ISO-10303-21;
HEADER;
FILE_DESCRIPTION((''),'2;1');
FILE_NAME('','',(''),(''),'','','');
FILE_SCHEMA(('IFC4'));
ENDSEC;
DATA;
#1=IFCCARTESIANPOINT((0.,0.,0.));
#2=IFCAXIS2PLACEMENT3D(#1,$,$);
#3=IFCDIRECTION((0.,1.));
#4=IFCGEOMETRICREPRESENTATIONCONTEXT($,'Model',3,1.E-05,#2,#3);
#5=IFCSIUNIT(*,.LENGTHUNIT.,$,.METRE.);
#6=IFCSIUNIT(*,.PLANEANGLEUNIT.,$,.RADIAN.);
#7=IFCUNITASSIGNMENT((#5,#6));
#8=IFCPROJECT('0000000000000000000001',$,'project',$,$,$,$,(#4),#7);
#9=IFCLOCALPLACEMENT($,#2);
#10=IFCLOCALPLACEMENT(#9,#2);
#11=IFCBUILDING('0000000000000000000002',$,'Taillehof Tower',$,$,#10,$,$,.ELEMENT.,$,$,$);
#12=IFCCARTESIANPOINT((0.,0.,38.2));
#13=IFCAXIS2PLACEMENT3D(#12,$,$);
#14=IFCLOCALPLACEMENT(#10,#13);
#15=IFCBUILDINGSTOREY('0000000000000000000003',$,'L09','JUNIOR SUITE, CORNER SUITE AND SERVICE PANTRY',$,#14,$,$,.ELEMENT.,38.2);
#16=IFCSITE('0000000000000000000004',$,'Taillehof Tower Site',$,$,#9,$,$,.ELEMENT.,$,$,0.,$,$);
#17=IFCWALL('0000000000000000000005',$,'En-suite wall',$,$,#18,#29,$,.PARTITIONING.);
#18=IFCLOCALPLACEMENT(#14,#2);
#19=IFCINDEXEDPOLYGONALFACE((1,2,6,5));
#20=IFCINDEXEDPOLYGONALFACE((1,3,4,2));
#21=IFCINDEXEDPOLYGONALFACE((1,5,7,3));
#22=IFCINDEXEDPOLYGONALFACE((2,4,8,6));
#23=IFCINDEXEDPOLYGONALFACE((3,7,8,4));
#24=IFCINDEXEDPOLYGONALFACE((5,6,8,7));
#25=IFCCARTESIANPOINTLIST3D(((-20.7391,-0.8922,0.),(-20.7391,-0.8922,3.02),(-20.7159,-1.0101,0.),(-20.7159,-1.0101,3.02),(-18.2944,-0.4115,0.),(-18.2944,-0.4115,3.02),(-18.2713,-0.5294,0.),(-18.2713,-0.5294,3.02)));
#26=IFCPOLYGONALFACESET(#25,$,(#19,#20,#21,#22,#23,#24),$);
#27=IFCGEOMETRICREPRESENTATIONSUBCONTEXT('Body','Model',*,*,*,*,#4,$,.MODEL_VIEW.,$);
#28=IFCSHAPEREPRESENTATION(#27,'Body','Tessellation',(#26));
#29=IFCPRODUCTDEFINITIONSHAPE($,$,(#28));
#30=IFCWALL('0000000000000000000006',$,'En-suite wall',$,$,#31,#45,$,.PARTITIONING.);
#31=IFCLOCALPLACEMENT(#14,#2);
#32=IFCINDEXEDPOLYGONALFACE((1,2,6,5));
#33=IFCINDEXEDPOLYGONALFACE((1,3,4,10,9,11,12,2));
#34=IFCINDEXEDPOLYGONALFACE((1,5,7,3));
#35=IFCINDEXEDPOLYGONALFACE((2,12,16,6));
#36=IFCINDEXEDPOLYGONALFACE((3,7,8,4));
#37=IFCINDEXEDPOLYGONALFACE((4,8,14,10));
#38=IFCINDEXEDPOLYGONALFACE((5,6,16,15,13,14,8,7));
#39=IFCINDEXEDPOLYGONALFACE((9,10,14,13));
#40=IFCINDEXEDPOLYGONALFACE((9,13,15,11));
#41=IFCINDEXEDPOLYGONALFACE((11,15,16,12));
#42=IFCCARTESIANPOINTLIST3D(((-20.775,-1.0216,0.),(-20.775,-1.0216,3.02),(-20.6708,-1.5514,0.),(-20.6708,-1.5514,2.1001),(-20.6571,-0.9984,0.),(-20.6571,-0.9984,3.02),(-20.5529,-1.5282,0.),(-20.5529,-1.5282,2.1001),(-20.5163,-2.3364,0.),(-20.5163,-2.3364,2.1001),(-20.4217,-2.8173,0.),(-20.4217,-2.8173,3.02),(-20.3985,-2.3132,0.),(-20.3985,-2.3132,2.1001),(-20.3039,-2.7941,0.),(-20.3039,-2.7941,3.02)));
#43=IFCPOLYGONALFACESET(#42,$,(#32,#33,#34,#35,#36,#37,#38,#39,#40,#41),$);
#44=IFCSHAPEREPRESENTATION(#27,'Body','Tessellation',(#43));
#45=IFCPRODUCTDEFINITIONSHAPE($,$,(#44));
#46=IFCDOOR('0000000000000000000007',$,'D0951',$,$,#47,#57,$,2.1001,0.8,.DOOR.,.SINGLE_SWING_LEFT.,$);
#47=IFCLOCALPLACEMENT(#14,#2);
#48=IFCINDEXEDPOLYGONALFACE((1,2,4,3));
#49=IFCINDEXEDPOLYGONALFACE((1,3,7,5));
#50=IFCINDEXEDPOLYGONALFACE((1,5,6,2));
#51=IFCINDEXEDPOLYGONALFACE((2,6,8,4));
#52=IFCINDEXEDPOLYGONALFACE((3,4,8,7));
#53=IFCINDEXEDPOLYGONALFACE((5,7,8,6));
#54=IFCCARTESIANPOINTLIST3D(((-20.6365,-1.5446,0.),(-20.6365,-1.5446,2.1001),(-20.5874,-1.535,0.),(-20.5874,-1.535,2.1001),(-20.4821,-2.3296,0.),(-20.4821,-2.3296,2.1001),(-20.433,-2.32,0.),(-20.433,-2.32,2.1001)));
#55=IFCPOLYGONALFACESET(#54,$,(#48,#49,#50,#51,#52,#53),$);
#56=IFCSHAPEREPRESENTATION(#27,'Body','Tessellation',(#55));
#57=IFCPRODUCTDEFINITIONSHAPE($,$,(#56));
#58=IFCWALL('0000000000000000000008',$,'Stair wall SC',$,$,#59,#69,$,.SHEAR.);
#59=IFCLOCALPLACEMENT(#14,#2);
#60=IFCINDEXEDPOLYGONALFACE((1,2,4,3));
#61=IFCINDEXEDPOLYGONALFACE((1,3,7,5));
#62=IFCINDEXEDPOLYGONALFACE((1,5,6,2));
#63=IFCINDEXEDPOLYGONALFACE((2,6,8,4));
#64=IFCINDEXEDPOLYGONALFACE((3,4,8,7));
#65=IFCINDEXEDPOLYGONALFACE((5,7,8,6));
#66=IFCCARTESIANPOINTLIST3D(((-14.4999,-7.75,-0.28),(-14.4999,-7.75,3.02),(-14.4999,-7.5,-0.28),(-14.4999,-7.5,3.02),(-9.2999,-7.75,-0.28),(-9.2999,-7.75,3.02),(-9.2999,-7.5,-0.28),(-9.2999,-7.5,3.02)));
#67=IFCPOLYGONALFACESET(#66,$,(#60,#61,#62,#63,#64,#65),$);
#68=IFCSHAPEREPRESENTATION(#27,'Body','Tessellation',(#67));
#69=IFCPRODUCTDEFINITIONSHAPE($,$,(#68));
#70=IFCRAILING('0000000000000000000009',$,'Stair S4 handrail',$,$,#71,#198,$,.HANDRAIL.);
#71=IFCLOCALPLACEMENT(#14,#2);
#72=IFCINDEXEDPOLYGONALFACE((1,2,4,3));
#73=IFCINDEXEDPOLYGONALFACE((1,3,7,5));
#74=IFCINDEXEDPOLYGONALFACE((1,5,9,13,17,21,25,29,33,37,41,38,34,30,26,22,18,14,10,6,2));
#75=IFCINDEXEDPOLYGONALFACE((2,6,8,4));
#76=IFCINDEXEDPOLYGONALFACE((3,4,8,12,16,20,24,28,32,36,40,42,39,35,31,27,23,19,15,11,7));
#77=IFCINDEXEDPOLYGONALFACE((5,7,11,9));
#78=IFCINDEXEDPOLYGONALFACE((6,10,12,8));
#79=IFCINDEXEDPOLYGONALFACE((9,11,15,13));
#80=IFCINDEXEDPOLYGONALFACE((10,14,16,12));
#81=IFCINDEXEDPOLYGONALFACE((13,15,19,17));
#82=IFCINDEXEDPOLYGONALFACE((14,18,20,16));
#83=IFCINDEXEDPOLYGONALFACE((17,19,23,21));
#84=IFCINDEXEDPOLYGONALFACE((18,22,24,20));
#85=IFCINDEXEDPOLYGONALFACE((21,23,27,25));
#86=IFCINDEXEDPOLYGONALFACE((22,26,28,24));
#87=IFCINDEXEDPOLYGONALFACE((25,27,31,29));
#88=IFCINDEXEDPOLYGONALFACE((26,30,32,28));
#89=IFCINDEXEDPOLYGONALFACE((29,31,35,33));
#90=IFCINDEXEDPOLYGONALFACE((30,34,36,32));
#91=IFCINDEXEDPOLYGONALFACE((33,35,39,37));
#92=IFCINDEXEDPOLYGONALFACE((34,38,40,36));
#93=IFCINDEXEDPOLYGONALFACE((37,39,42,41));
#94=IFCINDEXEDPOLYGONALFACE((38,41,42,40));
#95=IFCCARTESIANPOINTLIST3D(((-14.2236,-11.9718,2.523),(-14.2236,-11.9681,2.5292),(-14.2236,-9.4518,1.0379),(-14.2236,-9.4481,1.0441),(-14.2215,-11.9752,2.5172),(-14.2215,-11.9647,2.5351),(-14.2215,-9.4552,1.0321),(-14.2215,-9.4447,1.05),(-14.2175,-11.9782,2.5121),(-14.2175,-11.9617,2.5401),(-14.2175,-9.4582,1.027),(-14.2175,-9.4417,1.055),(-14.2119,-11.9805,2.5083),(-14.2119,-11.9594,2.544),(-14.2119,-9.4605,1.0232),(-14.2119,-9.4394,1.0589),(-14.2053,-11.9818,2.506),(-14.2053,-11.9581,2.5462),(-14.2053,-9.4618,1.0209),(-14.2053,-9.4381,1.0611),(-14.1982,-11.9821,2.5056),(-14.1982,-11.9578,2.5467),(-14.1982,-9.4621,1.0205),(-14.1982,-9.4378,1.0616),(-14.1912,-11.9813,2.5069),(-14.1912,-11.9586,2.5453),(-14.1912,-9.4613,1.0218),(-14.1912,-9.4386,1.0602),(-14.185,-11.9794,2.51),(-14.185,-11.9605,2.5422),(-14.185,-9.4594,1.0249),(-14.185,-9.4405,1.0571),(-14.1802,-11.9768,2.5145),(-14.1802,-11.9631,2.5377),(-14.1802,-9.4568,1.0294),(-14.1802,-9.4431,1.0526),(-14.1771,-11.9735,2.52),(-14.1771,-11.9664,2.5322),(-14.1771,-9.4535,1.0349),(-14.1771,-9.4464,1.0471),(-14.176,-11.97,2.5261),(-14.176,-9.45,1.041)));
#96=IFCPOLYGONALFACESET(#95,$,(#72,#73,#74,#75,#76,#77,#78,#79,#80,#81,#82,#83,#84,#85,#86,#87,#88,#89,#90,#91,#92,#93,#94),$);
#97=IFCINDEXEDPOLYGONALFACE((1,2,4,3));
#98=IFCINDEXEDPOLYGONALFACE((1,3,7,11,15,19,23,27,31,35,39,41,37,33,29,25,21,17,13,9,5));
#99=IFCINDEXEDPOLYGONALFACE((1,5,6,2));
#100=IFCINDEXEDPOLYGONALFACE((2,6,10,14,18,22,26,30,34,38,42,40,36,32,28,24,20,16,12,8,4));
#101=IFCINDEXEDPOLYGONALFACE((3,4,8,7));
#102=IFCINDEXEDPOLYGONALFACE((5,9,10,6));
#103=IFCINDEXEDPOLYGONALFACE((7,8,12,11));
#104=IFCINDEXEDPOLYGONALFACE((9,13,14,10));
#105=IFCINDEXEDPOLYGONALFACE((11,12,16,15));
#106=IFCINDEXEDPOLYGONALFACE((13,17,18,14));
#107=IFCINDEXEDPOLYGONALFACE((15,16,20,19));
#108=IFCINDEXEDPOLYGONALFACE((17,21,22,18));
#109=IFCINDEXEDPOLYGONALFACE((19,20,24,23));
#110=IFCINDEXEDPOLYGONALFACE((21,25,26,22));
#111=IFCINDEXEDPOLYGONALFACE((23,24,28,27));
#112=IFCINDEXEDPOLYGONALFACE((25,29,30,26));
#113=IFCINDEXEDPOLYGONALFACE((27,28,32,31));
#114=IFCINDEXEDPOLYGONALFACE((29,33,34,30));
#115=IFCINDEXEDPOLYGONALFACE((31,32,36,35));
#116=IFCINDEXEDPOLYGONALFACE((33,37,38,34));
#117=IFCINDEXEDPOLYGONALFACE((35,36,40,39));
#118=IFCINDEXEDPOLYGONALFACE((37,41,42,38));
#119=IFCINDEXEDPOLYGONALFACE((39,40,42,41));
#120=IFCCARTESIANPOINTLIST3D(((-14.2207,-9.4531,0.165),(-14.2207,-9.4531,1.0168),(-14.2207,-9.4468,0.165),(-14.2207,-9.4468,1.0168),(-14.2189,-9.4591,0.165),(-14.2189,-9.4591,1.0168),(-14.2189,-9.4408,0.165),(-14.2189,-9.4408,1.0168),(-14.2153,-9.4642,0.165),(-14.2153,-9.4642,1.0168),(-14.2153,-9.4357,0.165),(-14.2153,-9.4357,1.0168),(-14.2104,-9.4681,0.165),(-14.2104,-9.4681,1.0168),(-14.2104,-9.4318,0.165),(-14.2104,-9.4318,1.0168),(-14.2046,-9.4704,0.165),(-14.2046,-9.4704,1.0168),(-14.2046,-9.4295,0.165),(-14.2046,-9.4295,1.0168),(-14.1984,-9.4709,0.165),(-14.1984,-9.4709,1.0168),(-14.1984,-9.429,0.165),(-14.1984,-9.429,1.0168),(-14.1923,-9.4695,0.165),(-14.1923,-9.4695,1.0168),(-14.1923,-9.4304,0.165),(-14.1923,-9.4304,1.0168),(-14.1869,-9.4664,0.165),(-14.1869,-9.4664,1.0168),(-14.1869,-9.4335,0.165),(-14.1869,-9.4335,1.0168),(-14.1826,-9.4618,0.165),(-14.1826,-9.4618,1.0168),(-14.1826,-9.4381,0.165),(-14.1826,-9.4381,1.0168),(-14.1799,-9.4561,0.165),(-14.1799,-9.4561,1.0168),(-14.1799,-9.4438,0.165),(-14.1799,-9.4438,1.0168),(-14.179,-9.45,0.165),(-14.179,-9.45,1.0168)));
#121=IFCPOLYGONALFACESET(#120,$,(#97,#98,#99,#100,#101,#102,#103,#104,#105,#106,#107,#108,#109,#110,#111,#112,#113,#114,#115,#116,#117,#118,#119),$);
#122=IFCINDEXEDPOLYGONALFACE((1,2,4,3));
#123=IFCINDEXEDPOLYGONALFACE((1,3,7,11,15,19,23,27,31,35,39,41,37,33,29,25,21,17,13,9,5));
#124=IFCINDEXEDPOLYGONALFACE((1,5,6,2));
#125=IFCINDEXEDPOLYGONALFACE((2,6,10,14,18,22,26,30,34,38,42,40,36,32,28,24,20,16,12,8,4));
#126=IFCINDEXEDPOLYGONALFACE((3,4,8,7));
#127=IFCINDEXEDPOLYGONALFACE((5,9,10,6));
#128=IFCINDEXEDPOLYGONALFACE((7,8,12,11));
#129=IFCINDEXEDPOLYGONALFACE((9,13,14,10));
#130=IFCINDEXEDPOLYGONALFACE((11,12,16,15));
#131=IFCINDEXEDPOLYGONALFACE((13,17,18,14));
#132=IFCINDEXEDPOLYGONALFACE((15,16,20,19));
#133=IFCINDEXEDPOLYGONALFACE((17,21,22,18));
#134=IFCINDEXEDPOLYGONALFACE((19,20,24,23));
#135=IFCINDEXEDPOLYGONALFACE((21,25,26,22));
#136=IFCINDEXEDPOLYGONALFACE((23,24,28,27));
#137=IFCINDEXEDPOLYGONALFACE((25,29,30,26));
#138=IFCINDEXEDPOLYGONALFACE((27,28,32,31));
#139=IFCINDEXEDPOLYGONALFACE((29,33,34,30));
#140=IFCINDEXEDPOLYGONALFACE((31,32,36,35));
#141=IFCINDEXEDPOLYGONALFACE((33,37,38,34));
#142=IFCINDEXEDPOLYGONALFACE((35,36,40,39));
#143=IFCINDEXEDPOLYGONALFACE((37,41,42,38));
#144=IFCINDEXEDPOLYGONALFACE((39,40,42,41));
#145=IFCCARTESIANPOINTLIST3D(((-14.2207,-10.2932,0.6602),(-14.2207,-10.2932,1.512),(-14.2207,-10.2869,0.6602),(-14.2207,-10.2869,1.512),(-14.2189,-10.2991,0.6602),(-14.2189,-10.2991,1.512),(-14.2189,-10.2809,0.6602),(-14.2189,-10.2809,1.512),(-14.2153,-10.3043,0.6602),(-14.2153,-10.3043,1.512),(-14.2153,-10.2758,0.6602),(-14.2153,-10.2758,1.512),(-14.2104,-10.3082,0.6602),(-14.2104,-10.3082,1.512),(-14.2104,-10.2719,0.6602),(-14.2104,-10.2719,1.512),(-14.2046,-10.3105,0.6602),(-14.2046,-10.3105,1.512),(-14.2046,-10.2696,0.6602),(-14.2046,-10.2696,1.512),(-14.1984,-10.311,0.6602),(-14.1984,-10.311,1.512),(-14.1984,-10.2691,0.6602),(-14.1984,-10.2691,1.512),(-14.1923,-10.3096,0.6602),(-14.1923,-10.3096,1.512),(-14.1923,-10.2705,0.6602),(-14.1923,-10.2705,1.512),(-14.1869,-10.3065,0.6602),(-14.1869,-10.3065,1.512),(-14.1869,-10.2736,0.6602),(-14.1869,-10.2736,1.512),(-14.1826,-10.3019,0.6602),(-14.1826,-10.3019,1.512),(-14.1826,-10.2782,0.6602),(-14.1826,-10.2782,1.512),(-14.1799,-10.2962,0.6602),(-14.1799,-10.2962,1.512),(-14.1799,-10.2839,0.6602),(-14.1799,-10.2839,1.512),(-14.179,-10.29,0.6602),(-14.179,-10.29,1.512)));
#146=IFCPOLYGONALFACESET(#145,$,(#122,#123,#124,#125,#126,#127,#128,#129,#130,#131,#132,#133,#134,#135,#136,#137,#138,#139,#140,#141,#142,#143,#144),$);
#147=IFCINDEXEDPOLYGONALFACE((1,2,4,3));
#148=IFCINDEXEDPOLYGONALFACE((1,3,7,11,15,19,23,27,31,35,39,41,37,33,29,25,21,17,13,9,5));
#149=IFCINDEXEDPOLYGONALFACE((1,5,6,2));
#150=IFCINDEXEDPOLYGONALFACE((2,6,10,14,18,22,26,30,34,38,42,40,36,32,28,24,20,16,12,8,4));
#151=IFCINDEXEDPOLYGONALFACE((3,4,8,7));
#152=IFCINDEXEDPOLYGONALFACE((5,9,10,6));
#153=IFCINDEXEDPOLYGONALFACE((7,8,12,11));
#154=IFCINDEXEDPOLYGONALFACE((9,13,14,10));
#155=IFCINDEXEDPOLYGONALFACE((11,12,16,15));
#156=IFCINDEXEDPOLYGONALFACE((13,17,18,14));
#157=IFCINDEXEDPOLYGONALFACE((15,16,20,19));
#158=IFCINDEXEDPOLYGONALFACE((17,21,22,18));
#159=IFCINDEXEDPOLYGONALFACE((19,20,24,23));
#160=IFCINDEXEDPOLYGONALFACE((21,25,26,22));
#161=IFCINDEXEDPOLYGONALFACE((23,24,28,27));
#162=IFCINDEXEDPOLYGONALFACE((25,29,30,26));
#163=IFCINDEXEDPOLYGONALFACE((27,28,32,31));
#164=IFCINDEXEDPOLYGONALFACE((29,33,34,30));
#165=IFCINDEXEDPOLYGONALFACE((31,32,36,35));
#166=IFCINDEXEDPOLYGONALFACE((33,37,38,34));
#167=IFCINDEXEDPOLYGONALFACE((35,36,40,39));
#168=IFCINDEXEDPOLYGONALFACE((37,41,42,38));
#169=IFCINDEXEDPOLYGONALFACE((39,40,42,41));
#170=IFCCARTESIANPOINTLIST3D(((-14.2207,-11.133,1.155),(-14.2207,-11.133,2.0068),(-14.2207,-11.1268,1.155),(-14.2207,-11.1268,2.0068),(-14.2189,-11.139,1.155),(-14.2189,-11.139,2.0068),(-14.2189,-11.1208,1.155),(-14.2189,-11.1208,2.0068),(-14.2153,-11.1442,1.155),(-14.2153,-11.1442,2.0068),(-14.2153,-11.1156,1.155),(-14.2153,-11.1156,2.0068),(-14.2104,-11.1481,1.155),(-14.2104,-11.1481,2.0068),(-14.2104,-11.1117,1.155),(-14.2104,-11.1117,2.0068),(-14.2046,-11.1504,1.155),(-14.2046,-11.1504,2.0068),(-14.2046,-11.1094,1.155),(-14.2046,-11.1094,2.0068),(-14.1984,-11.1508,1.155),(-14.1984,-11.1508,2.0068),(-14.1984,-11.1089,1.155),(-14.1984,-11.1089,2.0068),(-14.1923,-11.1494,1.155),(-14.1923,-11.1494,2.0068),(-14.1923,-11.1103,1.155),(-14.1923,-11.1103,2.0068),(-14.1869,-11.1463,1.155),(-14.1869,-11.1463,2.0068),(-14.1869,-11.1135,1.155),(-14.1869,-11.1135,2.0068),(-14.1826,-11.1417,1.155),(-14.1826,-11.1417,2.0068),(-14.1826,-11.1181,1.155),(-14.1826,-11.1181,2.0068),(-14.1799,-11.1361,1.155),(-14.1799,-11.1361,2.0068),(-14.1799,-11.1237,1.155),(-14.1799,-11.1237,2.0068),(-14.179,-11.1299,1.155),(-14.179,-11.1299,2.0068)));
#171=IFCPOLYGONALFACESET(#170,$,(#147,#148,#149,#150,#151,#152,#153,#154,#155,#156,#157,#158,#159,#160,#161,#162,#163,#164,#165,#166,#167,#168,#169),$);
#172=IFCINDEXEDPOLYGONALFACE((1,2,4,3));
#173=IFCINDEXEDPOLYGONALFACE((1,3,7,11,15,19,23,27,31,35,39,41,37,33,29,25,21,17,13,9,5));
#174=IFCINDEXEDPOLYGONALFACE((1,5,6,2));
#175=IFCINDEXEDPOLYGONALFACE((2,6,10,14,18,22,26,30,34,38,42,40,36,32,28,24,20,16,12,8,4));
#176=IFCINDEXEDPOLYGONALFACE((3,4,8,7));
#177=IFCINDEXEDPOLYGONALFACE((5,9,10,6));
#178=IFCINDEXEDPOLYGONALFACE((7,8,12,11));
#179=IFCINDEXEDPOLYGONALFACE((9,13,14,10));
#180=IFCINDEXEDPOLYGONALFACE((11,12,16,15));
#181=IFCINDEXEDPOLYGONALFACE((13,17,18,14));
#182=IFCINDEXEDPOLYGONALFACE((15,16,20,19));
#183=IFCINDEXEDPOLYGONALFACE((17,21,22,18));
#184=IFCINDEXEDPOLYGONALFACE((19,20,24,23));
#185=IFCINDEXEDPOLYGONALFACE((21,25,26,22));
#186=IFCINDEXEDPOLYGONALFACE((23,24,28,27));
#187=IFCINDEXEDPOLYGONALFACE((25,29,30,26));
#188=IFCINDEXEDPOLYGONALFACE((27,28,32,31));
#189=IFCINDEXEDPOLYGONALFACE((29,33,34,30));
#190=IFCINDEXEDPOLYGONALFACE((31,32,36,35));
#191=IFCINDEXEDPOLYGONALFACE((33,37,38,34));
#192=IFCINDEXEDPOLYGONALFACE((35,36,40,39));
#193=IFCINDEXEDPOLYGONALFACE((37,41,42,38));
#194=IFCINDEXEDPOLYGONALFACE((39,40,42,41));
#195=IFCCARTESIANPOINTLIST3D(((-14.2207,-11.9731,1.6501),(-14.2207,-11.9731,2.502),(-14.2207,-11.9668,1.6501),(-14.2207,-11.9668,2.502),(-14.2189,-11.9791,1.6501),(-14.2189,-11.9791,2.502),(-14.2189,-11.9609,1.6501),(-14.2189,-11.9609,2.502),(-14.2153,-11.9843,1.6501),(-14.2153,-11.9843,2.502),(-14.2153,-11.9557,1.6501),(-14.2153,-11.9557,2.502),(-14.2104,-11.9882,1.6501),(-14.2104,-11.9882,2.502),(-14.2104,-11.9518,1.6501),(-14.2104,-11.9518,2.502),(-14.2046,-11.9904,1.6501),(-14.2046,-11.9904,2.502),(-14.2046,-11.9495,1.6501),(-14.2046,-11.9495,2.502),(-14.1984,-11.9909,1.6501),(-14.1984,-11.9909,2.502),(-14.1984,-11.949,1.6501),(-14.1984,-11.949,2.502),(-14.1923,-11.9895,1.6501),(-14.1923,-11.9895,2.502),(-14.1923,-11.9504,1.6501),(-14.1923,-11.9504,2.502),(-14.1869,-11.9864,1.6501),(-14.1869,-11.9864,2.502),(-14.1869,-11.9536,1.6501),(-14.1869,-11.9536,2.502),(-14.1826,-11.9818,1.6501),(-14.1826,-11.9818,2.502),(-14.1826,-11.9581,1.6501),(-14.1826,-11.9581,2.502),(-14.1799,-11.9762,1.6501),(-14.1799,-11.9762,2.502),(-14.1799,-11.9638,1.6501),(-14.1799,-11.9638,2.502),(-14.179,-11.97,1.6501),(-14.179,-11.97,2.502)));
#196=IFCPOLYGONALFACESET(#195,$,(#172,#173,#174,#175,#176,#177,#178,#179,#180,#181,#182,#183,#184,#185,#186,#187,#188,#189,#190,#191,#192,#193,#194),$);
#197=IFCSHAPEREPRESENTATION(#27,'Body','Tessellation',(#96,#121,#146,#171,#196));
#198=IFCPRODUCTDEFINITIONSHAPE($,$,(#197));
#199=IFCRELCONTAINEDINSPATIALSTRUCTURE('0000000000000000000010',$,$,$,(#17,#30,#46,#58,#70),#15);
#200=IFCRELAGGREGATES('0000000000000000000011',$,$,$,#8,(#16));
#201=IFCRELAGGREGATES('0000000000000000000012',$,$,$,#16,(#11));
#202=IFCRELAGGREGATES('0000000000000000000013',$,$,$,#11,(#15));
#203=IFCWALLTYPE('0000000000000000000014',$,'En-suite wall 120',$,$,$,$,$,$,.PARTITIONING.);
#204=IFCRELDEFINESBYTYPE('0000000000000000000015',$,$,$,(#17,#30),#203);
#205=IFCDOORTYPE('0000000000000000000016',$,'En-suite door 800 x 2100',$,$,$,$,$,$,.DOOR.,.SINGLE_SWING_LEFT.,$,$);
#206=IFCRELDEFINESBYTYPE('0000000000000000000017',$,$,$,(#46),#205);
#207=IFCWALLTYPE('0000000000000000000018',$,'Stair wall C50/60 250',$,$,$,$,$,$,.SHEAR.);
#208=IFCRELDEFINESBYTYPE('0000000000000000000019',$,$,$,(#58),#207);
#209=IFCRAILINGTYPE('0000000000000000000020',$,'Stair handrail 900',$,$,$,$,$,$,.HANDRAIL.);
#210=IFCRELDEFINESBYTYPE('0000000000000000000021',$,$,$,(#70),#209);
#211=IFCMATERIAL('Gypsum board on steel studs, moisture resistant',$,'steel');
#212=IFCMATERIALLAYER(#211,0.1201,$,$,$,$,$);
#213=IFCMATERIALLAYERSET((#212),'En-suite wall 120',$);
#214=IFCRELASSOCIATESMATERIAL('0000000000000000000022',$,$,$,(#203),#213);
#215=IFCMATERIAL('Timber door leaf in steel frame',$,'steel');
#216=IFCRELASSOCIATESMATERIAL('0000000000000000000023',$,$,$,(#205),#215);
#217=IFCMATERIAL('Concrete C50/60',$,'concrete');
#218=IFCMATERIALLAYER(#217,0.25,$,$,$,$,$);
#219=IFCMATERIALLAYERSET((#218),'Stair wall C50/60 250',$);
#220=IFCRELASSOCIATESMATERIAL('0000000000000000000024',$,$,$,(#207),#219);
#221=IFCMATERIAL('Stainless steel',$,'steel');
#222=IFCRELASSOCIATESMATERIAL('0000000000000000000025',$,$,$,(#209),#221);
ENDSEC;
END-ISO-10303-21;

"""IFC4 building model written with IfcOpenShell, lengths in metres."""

from ifc_helpers import new_model, si_unit, direction, frame, frame_2d, origin, origin_2d, place, context, subcontext, project, spatial, rectangle, circle, extrude, material, layer, layer_set, type_object, element, fill, save


model = new_model("IFC4")

# Units and contexts
model_context = context("Model", 3, precision=1e-05, world=origin(), true_north=direction((0.0, 1.0)))
body_context = subcontext(model_context, "Body", "Model", "MODEL_VIEW")
ifc_project = project(units=[si_unit("LENGTHUNIT", "METRE"), si_unit("PLANEANGLEUNIT", "RADIAN")], contexts=[model_context])

# Site, building, storey
site_placement = place(None, origin())
site = spatial("IfcSite", under=ifc_project, at=site_placement, Name="Taillehof Tower Site", CompositionType="ELEMENT", RefElevation=0.0)
building_placement = place(site_placement, origin())
building = spatial("IfcBuilding", under=site, at=building_placement, Name="Taillehof Tower", CompositionType="ELEMENT")
storey_placement = place(building_placement, frame((0.0, 0.0, 38.2)))
storey = spatial("IfcBuildingStorey", under=building, at=storey_placement, Name="L09", Description="JUNIOR SUITE, CORNER SUITE AND SERVICE PANTRY", CompositionType="ELEMENT", Elevation=38.2)

# Wall
ifc_material_1 = material(Name="Gypsum board on steel studs, moisture resistant", Category="steel")
ifc_layer_1 = layer(ifc_material_1, 0.1201)
ifc_layer_set_1 = layer_set([ifc_layer_1], Name="En-suite wall 120")
wall_type_1 = type_object("IfcWallType", Name="En-suite wall 120", PredefinedType="PARTITIONING", material=ifc_layer_set_1)
wall_1_placement = place(storey_placement, frame((-18.283, -0.4705, 0.0), z_axis=(0.0, 0.0, 1.0), x_axis=(-0.981209, -0.192949, 0.0)))
element("IfcWall", 1, at=wall_1_placement, inside=storey, type_object=wall_type_1, Name="En-suite wall", PredefinedType="PARTITIONING", context=body_context, shape_type="SweptSolid", body=[
    extrude(rectangle(XDim=2.4915, YDim=0.1201, at=frame_2d((1.2456, 0.0))), origin(), (0.0, 0.0, 1.0), 3.02),
])

# Wall, opening, door
wall_2_placement = place(storey_placement, frame((-20.7161, -1.01, 0.0), z_axis=(0.0, 0.0, 1.0), x_axis=(0.193037, -0.981192, 0.0)))
wall_2 = element("IfcWall", 2, at=wall_2_placement, inside=storey, type_object=wall_type_1, Name="En-suite wall", PredefinedType="PARTITIONING", context=body_context, shape_type="SweptSolid", body=[
    extrude(rectangle(XDim=1.8301, YDim=0.1201, at=frame_2d((0.915, 0.0))), origin(), (0.0, 0.0, 1.0), 3.02),
])
opening_1_placement = place(wall_2_placement, frame((0.54, 0.0, 0.0)))
opening_1 = element("IfcOpeningElement", 3, at=opening_1_placement, cuts=wall_2, PredefinedType="OPENING", context=body_context, shape_type="SweptSolid", body=[
    extrude(rectangle(XDim=0.8, YDim=2.1001, at=frame_2d((0.3999, 1.05))), frame((0.0, 0.0701, 0.0), z_axis=(0.0, -1.0, 0.0), x_axis=(1.0, 0.0, 0.0)), (0.0, 0.0, 1.0), 0.1401),
])
ifc_material_2 = material(Name="Timber door leaf in steel frame", Category="steel")
door_type_1 = type_object("IfcDoorType", Name="En-suite door 800 x 2100", OperationType="SINGLE_SWING_LEFT", PredefinedType="DOOR", material=ifc_material_2)
door_1_placement = place(opening_1_placement, origin())
door_1 = element("IfcDoor", 4, at=door_1_placement, inside=storey, type_object=door_type_1, Name="D0951", OperationType="SINGLE_SWING_LEFT", OverallHeight=2.1001, OverallWidth=0.8, PredefinedType="DOOR", context=body_context, shape_type="SweptSolid", body=[
    extrude(rectangle(XDim=0.8, YDim=2.1001, at=frame_2d((0.3999, 1.05))), frame((0.0, 0.0249, 0.0), z_axis=(0.0, -1.0, 0.0), x_axis=(1.0, 0.0, 0.0)), (0.0, 0.0, 1.0), 0.05),
])
fill(opening_1, door_1)

# Wall
ifc_material_3 = material(Name="Concrete C50/60", Category="concrete")
ifc_layer_2 = layer(ifc_material_3, 0.25)
ifc_layer_set_2 = layer_set([ifc_layer_2], Name="Stair wall C50/60 250")
wall_type_2 = type_object("IfcWallType", Name="Stair wall C50/60 250", PredefinedType="SHEAR", material=ifc_layer_set_2)
wall_3_placement = place(storey_placement, frame((-14.5, -7.625, -0.28), z_axis=(0.0, 0.0, 1.0), x_axis=(1.0, 0.0, 0.0)))
element("IfcWall", 5, at=wall_3_placement, inside=storey, type_object=wall_type_2, Name="Stair wall SC", PredefinedType="SHEAR", context=body_context, shape_type="SweptSolid", body=[
    extrude(rectangle(XDim=5.2, YDim=0.25, at=frame_2d((2.6001, 0.0))), origin(), (0.0, 0.0, 1.0), 3.3),
])

# Railing
ifc_material_4 = material(Name="Stainless steel", Category="steel")
railing_type = type_object("IfcRailingType", Name="Stair handrail 900", PredefinedType="HANDRAIL", material=ifc_material_4)
railing_placement = place(storey_placement, frame((-14.2, -9.45, 0.165)))
element("IfcRailing", 6, at=railing_placement, inside=storey, type_object=railing_type, Name="Stair S4 handrail", PredefinedType="HANDRAIL", context=body_context, shape_type="SweptSolid", body=[
    extrude(circle(Radius=0.0239, at=origin_2d()), frame((0.0, 0.0, 0.876), z_axis=(0.0, -0.861524, 0.507717), x_axis=(1.0, 0.0, 0.0)), (0.0, 0.0, 1.0), 2.925),
    extrude(circle(Radius=0.021, at=origin_2d()), origin(), (0.0, 0.0, 1.0), 0.8518),
    extrude(circle(Radius=0.021, at=origin_2d()), frame((0.0, -0.8401, 0.4951)), (0.0, 0.0, 1.0), 0.8518),
    extrude(circle(Radius=0.021, at=origin_2d()), frame((0.0, -1.6799, 0.99)), (0.0, 0.0, 1.0), 0.8518),
    extrude(circle(Radius=0.021, at=origin_2d()), frame((0.0, -2.52, 1.4851)), (0.0, 0.0, 1.0), 0.8518),
])

save(model, "model.ifc")
